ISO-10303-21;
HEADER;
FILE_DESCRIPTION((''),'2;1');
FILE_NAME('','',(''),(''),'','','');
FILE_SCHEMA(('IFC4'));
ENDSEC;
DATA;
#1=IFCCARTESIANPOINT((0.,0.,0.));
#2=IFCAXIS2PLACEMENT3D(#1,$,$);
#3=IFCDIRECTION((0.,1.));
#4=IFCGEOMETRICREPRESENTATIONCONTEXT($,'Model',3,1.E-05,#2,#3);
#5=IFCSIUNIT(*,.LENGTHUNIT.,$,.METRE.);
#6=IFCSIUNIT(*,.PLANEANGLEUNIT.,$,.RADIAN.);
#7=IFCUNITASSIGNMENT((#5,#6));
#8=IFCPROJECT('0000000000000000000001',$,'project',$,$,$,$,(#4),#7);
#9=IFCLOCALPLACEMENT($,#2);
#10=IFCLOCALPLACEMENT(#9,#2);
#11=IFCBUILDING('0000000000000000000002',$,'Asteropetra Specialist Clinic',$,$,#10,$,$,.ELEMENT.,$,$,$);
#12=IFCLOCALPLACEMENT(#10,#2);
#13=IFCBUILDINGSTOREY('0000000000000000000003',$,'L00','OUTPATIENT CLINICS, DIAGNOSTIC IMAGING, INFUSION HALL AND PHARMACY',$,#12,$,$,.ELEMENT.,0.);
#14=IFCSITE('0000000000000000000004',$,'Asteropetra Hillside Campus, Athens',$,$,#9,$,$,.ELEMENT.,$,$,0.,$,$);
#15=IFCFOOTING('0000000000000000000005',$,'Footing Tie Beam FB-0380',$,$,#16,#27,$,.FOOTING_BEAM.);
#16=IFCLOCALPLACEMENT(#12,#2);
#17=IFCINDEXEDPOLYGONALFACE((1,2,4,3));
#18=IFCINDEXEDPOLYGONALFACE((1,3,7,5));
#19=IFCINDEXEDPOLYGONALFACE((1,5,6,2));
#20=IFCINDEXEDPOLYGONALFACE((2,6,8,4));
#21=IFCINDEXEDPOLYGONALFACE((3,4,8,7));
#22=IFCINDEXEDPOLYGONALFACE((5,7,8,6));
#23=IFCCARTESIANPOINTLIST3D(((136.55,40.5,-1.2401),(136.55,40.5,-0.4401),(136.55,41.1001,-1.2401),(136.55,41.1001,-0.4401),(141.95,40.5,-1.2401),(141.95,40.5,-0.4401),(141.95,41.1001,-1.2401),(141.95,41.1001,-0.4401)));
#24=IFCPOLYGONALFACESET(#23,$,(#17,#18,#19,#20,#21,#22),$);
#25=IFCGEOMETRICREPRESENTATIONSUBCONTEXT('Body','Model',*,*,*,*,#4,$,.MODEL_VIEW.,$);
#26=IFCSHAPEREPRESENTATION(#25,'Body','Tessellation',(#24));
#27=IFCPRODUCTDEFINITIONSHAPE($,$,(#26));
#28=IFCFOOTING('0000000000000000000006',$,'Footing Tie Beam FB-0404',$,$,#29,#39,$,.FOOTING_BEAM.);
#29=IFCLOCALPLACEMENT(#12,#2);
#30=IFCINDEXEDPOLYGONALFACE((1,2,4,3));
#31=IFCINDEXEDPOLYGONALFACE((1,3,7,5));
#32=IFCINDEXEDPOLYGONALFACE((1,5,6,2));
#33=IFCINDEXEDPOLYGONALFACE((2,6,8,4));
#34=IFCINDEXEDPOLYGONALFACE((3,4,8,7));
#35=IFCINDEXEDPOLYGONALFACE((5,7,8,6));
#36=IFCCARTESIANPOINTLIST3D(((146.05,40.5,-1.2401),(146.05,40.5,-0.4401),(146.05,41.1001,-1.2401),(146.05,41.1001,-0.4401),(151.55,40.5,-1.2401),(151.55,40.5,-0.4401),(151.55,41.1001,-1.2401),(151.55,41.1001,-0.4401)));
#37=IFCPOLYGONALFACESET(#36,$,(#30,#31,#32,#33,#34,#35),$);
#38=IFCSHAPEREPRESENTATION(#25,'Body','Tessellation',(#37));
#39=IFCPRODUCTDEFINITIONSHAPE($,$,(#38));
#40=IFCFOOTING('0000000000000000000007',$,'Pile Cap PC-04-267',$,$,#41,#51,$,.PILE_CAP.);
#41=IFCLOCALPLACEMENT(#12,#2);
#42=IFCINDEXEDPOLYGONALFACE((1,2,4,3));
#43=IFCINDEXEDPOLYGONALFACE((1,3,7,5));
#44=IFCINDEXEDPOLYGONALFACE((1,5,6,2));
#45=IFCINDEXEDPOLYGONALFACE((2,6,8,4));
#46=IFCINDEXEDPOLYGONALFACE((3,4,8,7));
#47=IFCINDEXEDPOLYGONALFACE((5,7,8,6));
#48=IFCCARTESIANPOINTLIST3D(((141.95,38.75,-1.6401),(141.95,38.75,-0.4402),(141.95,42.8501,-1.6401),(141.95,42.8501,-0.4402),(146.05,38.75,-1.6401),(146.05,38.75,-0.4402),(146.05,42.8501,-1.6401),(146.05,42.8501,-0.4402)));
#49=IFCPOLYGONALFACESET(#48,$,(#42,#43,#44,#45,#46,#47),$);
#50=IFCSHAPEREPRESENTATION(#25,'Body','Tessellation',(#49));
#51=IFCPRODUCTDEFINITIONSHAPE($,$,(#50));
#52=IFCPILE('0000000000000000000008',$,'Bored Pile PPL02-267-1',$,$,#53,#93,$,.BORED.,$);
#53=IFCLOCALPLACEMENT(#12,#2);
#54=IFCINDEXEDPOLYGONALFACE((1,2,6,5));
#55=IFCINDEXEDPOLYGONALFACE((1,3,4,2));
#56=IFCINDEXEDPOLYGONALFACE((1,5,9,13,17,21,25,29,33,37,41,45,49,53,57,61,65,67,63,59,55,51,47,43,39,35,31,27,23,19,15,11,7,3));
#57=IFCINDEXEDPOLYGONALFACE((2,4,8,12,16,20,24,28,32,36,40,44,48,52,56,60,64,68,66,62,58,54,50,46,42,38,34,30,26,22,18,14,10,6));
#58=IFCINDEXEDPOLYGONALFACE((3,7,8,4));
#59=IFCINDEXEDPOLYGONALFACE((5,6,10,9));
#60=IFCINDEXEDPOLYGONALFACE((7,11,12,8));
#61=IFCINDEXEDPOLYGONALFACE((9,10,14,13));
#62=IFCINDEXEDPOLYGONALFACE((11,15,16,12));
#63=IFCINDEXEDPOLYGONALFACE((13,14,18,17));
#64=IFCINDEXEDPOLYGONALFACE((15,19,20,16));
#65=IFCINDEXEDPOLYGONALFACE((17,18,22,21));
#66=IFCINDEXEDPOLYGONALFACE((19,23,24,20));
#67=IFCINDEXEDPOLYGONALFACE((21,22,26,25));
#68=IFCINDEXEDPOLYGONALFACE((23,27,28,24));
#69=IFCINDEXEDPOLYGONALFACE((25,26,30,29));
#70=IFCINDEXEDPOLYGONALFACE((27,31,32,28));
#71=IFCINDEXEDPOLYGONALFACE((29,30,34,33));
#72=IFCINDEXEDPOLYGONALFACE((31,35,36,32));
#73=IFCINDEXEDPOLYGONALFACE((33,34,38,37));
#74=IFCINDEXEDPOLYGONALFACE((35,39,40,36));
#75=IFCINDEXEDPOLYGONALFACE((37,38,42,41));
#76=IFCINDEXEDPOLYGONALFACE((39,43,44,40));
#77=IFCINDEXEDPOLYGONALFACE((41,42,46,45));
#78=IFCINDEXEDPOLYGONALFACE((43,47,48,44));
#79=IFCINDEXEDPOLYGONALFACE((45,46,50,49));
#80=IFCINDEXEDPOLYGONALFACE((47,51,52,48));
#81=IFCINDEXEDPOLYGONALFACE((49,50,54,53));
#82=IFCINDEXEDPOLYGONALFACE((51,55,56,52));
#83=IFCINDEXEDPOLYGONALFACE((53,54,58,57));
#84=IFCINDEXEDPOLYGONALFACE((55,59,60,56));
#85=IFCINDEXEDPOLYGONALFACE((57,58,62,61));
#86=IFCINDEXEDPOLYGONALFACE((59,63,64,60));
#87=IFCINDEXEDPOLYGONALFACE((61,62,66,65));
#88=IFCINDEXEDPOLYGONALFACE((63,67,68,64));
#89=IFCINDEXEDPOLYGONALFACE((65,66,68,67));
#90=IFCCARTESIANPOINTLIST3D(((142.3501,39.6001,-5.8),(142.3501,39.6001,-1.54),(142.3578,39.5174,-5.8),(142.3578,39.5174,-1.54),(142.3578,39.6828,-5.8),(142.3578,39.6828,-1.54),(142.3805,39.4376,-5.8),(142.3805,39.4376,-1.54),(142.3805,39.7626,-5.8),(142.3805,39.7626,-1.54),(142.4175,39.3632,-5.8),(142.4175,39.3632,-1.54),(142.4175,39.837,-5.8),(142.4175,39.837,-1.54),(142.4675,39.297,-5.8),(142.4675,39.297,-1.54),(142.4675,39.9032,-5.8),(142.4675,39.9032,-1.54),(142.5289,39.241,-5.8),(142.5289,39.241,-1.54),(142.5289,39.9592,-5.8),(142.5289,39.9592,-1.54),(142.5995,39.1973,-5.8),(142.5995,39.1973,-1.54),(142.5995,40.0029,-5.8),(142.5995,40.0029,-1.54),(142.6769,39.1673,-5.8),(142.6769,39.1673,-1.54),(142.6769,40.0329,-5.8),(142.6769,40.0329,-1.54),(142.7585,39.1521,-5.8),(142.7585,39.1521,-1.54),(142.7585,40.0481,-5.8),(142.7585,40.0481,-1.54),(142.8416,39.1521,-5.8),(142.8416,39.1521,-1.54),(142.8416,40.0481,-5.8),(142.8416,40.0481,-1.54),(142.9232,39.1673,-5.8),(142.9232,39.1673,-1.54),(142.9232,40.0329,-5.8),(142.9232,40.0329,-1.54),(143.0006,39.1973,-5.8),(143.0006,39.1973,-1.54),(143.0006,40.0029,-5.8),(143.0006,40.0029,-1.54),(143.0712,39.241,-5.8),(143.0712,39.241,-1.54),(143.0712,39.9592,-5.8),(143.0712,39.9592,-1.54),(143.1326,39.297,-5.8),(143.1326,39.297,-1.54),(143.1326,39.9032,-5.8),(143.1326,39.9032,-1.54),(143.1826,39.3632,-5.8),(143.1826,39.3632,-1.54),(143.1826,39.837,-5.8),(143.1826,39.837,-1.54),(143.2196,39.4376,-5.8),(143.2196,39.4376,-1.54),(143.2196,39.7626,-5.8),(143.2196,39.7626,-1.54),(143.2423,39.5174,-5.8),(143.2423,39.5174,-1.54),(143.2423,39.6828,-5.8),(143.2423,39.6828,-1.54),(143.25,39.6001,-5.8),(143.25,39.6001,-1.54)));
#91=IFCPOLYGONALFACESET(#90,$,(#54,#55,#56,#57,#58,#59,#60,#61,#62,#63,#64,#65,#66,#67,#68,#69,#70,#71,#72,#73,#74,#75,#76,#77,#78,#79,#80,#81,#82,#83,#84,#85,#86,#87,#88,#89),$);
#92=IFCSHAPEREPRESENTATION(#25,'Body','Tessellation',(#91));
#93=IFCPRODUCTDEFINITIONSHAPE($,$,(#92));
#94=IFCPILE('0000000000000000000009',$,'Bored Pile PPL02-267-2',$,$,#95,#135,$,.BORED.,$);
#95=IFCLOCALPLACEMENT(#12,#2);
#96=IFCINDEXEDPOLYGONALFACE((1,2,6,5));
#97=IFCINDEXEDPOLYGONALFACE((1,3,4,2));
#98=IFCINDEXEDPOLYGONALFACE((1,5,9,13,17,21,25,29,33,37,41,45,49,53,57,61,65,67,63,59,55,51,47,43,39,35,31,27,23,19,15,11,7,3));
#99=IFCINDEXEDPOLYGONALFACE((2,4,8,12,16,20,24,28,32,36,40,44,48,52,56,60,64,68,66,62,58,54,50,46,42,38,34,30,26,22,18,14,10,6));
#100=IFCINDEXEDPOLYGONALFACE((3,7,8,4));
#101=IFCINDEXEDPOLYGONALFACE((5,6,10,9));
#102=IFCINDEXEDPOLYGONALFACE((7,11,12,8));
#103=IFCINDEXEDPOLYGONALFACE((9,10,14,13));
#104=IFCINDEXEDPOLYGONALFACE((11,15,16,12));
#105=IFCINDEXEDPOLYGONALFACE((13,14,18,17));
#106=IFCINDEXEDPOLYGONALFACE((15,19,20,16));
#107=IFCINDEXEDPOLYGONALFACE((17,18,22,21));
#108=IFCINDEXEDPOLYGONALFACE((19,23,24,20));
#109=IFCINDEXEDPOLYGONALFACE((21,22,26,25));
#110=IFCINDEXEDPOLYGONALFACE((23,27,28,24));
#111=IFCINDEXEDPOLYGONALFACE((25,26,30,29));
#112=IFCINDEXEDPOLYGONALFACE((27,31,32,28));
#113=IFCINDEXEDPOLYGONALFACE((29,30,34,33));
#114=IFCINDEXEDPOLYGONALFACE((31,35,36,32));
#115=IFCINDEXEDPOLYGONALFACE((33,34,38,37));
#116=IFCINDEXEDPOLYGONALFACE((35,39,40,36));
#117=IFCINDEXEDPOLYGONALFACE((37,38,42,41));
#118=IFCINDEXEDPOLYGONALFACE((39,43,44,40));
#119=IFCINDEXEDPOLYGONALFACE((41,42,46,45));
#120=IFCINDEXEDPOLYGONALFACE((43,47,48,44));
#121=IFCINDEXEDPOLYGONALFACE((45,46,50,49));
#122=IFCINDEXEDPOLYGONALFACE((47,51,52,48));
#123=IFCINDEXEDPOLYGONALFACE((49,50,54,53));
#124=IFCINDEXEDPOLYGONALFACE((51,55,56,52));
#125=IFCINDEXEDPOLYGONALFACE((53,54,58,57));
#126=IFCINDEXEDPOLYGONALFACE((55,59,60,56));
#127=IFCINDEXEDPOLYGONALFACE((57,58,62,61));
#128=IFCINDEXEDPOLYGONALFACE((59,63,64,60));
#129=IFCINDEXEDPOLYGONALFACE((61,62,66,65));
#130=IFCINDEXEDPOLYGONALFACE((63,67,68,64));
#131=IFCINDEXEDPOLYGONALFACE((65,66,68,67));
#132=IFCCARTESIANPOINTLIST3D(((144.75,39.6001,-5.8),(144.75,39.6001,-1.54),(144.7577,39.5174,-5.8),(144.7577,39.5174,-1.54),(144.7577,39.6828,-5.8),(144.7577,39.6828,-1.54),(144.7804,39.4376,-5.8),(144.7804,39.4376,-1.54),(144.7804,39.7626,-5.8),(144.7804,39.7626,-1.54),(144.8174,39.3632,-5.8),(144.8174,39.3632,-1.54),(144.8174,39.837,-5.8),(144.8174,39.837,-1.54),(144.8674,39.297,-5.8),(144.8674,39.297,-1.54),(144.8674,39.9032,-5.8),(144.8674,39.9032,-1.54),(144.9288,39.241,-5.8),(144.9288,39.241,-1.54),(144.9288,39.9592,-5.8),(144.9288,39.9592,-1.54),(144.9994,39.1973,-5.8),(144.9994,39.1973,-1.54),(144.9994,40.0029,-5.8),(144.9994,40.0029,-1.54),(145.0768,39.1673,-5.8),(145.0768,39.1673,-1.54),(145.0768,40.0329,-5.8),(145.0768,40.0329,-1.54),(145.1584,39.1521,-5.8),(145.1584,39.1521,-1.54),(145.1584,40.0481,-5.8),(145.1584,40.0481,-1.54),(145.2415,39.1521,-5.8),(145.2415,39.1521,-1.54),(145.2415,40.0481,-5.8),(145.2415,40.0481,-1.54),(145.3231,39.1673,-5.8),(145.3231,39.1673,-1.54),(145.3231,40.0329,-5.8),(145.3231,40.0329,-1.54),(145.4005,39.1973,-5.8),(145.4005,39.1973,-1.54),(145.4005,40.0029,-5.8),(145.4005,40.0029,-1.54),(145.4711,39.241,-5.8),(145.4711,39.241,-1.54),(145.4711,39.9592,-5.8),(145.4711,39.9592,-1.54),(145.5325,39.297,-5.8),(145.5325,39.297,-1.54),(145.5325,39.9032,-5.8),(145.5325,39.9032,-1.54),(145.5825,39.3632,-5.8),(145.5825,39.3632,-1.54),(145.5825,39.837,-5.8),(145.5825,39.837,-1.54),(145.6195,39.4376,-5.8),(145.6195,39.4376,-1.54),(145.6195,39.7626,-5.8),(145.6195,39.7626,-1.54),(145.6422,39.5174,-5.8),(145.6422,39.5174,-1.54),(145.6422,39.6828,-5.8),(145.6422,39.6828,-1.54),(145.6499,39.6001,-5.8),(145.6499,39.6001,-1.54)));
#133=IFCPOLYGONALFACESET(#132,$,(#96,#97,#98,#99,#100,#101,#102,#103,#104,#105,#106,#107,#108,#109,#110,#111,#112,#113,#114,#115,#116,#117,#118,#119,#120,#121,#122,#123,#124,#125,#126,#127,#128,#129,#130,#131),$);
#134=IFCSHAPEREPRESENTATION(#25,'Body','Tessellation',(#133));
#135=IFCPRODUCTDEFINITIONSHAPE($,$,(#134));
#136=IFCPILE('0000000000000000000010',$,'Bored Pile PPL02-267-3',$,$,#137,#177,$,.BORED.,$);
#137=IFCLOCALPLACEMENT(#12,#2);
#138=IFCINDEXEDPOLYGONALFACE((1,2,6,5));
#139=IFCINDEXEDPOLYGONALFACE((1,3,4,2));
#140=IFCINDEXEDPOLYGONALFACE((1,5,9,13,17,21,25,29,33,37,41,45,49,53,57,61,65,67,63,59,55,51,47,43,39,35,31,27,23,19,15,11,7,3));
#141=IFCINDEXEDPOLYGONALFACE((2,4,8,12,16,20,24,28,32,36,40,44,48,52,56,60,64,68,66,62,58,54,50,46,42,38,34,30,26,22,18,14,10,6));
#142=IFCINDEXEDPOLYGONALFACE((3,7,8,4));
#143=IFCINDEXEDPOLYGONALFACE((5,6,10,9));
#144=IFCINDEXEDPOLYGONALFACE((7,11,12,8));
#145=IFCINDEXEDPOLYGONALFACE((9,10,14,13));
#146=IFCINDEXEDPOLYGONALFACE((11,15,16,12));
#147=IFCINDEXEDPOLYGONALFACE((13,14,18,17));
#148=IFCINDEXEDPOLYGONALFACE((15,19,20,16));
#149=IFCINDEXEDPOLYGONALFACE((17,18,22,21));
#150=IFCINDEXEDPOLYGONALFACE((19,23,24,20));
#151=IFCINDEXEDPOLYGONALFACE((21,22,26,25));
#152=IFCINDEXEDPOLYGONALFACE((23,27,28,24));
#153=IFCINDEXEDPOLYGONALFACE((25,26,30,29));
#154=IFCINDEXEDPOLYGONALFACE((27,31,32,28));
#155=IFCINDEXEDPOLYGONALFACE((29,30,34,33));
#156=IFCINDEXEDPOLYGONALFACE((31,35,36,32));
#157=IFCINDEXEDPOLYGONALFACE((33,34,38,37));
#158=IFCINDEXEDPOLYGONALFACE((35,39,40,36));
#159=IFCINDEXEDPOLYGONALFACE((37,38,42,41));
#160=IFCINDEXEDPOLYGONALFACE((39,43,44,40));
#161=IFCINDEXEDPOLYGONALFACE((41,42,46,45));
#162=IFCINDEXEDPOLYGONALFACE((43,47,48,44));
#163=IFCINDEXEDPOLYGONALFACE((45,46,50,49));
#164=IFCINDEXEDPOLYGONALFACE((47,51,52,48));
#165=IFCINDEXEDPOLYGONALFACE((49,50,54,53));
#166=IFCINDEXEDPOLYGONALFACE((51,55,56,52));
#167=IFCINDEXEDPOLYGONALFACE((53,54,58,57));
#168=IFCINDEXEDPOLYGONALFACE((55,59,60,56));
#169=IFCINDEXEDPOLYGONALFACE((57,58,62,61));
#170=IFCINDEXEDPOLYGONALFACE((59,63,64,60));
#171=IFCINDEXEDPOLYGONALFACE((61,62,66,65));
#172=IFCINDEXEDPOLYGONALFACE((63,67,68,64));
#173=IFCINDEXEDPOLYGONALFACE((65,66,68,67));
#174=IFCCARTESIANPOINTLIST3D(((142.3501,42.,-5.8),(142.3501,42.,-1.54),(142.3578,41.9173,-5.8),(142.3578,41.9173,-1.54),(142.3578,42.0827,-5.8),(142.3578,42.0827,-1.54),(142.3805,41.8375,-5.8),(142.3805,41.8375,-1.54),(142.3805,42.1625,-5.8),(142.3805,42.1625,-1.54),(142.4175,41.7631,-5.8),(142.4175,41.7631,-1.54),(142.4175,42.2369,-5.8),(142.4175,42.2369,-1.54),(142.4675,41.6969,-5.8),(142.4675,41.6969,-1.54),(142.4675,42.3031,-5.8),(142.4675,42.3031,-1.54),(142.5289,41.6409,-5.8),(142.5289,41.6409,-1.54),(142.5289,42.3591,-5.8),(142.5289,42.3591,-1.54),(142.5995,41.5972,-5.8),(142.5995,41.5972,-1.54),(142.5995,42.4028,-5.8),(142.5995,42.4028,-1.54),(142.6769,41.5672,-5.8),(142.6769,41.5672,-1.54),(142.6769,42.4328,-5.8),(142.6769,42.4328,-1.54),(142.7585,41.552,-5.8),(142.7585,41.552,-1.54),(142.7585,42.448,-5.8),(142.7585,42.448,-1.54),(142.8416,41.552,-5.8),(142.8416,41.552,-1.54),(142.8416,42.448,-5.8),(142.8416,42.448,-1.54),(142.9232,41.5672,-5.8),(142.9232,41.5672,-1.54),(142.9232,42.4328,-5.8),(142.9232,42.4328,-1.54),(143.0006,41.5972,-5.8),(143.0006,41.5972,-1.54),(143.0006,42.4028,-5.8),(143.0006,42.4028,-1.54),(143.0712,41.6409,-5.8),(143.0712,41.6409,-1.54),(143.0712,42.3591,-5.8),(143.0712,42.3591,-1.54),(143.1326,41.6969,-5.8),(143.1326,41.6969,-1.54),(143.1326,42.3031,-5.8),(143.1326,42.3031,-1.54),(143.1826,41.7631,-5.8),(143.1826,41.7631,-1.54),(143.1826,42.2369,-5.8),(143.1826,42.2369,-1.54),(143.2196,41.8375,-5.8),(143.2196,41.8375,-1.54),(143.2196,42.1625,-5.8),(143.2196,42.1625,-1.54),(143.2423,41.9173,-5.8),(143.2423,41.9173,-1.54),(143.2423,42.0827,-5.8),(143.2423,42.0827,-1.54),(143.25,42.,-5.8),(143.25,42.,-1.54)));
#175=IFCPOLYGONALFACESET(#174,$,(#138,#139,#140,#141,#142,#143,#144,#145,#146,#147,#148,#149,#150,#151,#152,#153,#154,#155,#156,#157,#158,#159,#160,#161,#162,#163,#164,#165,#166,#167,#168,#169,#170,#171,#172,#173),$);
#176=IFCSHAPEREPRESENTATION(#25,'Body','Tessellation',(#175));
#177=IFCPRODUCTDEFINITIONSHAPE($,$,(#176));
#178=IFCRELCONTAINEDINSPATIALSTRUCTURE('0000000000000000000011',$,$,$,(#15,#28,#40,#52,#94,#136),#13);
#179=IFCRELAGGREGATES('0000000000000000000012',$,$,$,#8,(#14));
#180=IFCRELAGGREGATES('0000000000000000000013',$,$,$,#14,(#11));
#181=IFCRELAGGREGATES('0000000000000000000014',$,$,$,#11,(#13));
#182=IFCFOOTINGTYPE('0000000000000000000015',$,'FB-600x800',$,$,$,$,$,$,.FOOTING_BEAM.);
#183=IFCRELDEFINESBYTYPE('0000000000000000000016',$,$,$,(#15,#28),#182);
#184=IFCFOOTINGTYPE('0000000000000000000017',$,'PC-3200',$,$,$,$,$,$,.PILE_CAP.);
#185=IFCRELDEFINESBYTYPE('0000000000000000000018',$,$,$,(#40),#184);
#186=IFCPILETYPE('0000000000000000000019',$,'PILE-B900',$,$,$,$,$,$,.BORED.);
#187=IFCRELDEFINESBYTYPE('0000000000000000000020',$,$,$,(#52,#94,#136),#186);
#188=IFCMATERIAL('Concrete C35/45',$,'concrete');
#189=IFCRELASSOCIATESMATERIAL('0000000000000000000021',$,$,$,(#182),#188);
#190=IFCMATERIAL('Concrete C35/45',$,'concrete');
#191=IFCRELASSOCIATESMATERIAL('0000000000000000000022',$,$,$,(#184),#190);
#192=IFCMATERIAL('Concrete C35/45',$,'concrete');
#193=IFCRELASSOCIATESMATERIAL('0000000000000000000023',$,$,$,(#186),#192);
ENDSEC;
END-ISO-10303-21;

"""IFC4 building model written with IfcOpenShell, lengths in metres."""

from ifc_helpers import new_model, si_unit, direction, frame, origin, origin_2d, place, context, subcontext, project, spatial, rectangle, circle, extrude, material, material_profile, profile_set, type_object, element, save


model = new_model("IFC4")

# Units and contexts
model_context = context("Model", 3, precision=1e-05, world=origin(), true_north=direction((0.0, 1.0)))
body_context = subcontext(model_context, "Body", "Model", "MODEL_VIEW")
ifc_project = project(units=[si_unit("LENGTHUNIT", "METRE"), si_unit("PLANEANGLEUNIT", "RADIAN")], contexts=[model_context])

# Site, building, storey
site_placement = place(None, origin())
site = spatial("IfcSite", under=ifc_project, at=site_placement, Name="Asteropetra Hillside Campus, Athens", CompositionType="ELEMENT", RefElevation=0.0)
building_placement = place(site_placement, origin())
building = spatial("IfcBuilding", under=site, at=building_placement, Name="Asteropetra Specialist Clinic", CompositionType="ELEMENT")
storey_placement = place(building_placement, origin())
storey = spatial("IfcBuildingStorey", under=building, at=storey_placement, Name="L00", Description="OUTPATIENT CLINICS, DIAGNOSTIC IMAGING, INFUSION HALL AND PHARMACY", CompositionType="ELEMENT", Elevation=0.0)

# Footings
ifc_material_1 = material(Name="Concrete C35/45", Category="concrete")
ifc_material_profile_1 = material_profile(ifc_material_1, rectangle(XDim=0.6001, YDim=0.8, at=origin_2d()), Name="FB 600x800")
ifc_profile_set_1 = profile_set([ifc_material_profile_1], Name="Concrete C35/45")
footing_type_1 = type_object("IfcFootingType", Name="FB-600x800", PredefinedType="FOOTING_BEAM", material=ifc_profile_set_1)
footing_1_placement = place(storey_placement, frame((136.55, 40.8, -0.8401), z_axis=(1.0, 0.0, 0.0), x_axis=(0.0, 1.0, 0.0)))
element("IfcFooting", 1, at=footing_1_placement, inside=storey, type_object=footing_type_1, Name="Footing Tie Beam FB-0380", PredefinedType="FOOTING_BEAM", context=body_context, shape_type="SweptSolid", body=[
    extrude(rectangle(XDim=0.6001, YDim=0.8, at=origin_2d()), origin(), (0.0, 0.0, 1.0), 5.3999),
])
footing_2_placement = place(storey_placement, frame((146.05, 40.8, -0.8401), z_axis=(1.0, 0.0, 0.0), x_axis=(0.0, 1.0, 0.0)))
element("IfcFooting", 2, at=footing_2_placement, inside=storey, type_object=footing_type_1, Name="Footing Tie Beam FB-0404", PredefinedType="FOOTING_BEAM", context=body_context, shape_type="SweptSolid", body=[
    extrude(rectangle(XDim=0.6001, YDim=0.8, at=origin_2d()), origin(), (0.0, 0.0, 1.0), 5.5),
])
ifc_material_2 = material(Name="Concrete C35/45", Category="concrete")
footing_type_2 = type_object("IfcFootingType", Name="PC-3200", PredefinedType="PILE_CAP", material=ifc_material_2)
footing_3_placement = place(storey_placement, frame((144.0, 40.8, -1.6401), z_axis=(0.0, 0.0, 1.0), x_axis=(1.0, 0.0, 0.0)))
element("IfcFooting", 3, at=footing_3_placement, inside=storey, type_object=footing_type_2, Name="Pile Cap PC-04-267", PredefinedType="PILE_CAP", context=body_context, shape_type="SweptSolid", body=[
    extrude(rectangle(XDim=4.1001, YDim=4.1001, at=origin_2d()), origin(), (0.0, 0.0, 1.0), 1.2),
])

# Piles
ifc_material_3 = material(Name="Concrete C35/45", Category="concrete")
ifc_material_profile_2 = material_profile(ifc_material_3, circle(Radius=0.45, at=origin_2d()), Name="PILE D900")
ifc_profile_set_2 = profile_set([ifc_material_profile_2], Name="Concrete C35/45")
pile_type = type_object("IfcPileType", Name="PILE-B900", PredefinedType="BORED", material=ifc_profile_set_2)
for number, where, z_axis, x_axis, name in (
    (4, (142.8, 39.6001, -1.54), (0.0, 0.0, -1.0), (1.0, 0.0, 0.0), "Bored Pile PPL02-267-1"),
    (5, (145.2, 39.6001, -1.54), (0.0, 0.0, -1.0), (1.0, 0.0, 0.0), "Bored Pile PPL02-267-2"),
    (6, (142.8, 42.0, -1.54), (0.0, 0.0, -1.0), (1.0, 0.0, 0.0), "Bored Pile PPL02-267-3"),
):
    element("IfcPile", number, at=place(storey_placement, frame(where, z_axis=z_axis, x_axis=x_axis)), inside=storey, type_object=pile_type, Name=name, PredefinedType="BORED", context=body_context, shape_type="SweptSolid", body=[
        extrude(circle(Radius=0.45, at=origin_2d()), origin(), (0.0, 0.0, 1.0), 4.26),
    ])

save(model, "model.ifc")
